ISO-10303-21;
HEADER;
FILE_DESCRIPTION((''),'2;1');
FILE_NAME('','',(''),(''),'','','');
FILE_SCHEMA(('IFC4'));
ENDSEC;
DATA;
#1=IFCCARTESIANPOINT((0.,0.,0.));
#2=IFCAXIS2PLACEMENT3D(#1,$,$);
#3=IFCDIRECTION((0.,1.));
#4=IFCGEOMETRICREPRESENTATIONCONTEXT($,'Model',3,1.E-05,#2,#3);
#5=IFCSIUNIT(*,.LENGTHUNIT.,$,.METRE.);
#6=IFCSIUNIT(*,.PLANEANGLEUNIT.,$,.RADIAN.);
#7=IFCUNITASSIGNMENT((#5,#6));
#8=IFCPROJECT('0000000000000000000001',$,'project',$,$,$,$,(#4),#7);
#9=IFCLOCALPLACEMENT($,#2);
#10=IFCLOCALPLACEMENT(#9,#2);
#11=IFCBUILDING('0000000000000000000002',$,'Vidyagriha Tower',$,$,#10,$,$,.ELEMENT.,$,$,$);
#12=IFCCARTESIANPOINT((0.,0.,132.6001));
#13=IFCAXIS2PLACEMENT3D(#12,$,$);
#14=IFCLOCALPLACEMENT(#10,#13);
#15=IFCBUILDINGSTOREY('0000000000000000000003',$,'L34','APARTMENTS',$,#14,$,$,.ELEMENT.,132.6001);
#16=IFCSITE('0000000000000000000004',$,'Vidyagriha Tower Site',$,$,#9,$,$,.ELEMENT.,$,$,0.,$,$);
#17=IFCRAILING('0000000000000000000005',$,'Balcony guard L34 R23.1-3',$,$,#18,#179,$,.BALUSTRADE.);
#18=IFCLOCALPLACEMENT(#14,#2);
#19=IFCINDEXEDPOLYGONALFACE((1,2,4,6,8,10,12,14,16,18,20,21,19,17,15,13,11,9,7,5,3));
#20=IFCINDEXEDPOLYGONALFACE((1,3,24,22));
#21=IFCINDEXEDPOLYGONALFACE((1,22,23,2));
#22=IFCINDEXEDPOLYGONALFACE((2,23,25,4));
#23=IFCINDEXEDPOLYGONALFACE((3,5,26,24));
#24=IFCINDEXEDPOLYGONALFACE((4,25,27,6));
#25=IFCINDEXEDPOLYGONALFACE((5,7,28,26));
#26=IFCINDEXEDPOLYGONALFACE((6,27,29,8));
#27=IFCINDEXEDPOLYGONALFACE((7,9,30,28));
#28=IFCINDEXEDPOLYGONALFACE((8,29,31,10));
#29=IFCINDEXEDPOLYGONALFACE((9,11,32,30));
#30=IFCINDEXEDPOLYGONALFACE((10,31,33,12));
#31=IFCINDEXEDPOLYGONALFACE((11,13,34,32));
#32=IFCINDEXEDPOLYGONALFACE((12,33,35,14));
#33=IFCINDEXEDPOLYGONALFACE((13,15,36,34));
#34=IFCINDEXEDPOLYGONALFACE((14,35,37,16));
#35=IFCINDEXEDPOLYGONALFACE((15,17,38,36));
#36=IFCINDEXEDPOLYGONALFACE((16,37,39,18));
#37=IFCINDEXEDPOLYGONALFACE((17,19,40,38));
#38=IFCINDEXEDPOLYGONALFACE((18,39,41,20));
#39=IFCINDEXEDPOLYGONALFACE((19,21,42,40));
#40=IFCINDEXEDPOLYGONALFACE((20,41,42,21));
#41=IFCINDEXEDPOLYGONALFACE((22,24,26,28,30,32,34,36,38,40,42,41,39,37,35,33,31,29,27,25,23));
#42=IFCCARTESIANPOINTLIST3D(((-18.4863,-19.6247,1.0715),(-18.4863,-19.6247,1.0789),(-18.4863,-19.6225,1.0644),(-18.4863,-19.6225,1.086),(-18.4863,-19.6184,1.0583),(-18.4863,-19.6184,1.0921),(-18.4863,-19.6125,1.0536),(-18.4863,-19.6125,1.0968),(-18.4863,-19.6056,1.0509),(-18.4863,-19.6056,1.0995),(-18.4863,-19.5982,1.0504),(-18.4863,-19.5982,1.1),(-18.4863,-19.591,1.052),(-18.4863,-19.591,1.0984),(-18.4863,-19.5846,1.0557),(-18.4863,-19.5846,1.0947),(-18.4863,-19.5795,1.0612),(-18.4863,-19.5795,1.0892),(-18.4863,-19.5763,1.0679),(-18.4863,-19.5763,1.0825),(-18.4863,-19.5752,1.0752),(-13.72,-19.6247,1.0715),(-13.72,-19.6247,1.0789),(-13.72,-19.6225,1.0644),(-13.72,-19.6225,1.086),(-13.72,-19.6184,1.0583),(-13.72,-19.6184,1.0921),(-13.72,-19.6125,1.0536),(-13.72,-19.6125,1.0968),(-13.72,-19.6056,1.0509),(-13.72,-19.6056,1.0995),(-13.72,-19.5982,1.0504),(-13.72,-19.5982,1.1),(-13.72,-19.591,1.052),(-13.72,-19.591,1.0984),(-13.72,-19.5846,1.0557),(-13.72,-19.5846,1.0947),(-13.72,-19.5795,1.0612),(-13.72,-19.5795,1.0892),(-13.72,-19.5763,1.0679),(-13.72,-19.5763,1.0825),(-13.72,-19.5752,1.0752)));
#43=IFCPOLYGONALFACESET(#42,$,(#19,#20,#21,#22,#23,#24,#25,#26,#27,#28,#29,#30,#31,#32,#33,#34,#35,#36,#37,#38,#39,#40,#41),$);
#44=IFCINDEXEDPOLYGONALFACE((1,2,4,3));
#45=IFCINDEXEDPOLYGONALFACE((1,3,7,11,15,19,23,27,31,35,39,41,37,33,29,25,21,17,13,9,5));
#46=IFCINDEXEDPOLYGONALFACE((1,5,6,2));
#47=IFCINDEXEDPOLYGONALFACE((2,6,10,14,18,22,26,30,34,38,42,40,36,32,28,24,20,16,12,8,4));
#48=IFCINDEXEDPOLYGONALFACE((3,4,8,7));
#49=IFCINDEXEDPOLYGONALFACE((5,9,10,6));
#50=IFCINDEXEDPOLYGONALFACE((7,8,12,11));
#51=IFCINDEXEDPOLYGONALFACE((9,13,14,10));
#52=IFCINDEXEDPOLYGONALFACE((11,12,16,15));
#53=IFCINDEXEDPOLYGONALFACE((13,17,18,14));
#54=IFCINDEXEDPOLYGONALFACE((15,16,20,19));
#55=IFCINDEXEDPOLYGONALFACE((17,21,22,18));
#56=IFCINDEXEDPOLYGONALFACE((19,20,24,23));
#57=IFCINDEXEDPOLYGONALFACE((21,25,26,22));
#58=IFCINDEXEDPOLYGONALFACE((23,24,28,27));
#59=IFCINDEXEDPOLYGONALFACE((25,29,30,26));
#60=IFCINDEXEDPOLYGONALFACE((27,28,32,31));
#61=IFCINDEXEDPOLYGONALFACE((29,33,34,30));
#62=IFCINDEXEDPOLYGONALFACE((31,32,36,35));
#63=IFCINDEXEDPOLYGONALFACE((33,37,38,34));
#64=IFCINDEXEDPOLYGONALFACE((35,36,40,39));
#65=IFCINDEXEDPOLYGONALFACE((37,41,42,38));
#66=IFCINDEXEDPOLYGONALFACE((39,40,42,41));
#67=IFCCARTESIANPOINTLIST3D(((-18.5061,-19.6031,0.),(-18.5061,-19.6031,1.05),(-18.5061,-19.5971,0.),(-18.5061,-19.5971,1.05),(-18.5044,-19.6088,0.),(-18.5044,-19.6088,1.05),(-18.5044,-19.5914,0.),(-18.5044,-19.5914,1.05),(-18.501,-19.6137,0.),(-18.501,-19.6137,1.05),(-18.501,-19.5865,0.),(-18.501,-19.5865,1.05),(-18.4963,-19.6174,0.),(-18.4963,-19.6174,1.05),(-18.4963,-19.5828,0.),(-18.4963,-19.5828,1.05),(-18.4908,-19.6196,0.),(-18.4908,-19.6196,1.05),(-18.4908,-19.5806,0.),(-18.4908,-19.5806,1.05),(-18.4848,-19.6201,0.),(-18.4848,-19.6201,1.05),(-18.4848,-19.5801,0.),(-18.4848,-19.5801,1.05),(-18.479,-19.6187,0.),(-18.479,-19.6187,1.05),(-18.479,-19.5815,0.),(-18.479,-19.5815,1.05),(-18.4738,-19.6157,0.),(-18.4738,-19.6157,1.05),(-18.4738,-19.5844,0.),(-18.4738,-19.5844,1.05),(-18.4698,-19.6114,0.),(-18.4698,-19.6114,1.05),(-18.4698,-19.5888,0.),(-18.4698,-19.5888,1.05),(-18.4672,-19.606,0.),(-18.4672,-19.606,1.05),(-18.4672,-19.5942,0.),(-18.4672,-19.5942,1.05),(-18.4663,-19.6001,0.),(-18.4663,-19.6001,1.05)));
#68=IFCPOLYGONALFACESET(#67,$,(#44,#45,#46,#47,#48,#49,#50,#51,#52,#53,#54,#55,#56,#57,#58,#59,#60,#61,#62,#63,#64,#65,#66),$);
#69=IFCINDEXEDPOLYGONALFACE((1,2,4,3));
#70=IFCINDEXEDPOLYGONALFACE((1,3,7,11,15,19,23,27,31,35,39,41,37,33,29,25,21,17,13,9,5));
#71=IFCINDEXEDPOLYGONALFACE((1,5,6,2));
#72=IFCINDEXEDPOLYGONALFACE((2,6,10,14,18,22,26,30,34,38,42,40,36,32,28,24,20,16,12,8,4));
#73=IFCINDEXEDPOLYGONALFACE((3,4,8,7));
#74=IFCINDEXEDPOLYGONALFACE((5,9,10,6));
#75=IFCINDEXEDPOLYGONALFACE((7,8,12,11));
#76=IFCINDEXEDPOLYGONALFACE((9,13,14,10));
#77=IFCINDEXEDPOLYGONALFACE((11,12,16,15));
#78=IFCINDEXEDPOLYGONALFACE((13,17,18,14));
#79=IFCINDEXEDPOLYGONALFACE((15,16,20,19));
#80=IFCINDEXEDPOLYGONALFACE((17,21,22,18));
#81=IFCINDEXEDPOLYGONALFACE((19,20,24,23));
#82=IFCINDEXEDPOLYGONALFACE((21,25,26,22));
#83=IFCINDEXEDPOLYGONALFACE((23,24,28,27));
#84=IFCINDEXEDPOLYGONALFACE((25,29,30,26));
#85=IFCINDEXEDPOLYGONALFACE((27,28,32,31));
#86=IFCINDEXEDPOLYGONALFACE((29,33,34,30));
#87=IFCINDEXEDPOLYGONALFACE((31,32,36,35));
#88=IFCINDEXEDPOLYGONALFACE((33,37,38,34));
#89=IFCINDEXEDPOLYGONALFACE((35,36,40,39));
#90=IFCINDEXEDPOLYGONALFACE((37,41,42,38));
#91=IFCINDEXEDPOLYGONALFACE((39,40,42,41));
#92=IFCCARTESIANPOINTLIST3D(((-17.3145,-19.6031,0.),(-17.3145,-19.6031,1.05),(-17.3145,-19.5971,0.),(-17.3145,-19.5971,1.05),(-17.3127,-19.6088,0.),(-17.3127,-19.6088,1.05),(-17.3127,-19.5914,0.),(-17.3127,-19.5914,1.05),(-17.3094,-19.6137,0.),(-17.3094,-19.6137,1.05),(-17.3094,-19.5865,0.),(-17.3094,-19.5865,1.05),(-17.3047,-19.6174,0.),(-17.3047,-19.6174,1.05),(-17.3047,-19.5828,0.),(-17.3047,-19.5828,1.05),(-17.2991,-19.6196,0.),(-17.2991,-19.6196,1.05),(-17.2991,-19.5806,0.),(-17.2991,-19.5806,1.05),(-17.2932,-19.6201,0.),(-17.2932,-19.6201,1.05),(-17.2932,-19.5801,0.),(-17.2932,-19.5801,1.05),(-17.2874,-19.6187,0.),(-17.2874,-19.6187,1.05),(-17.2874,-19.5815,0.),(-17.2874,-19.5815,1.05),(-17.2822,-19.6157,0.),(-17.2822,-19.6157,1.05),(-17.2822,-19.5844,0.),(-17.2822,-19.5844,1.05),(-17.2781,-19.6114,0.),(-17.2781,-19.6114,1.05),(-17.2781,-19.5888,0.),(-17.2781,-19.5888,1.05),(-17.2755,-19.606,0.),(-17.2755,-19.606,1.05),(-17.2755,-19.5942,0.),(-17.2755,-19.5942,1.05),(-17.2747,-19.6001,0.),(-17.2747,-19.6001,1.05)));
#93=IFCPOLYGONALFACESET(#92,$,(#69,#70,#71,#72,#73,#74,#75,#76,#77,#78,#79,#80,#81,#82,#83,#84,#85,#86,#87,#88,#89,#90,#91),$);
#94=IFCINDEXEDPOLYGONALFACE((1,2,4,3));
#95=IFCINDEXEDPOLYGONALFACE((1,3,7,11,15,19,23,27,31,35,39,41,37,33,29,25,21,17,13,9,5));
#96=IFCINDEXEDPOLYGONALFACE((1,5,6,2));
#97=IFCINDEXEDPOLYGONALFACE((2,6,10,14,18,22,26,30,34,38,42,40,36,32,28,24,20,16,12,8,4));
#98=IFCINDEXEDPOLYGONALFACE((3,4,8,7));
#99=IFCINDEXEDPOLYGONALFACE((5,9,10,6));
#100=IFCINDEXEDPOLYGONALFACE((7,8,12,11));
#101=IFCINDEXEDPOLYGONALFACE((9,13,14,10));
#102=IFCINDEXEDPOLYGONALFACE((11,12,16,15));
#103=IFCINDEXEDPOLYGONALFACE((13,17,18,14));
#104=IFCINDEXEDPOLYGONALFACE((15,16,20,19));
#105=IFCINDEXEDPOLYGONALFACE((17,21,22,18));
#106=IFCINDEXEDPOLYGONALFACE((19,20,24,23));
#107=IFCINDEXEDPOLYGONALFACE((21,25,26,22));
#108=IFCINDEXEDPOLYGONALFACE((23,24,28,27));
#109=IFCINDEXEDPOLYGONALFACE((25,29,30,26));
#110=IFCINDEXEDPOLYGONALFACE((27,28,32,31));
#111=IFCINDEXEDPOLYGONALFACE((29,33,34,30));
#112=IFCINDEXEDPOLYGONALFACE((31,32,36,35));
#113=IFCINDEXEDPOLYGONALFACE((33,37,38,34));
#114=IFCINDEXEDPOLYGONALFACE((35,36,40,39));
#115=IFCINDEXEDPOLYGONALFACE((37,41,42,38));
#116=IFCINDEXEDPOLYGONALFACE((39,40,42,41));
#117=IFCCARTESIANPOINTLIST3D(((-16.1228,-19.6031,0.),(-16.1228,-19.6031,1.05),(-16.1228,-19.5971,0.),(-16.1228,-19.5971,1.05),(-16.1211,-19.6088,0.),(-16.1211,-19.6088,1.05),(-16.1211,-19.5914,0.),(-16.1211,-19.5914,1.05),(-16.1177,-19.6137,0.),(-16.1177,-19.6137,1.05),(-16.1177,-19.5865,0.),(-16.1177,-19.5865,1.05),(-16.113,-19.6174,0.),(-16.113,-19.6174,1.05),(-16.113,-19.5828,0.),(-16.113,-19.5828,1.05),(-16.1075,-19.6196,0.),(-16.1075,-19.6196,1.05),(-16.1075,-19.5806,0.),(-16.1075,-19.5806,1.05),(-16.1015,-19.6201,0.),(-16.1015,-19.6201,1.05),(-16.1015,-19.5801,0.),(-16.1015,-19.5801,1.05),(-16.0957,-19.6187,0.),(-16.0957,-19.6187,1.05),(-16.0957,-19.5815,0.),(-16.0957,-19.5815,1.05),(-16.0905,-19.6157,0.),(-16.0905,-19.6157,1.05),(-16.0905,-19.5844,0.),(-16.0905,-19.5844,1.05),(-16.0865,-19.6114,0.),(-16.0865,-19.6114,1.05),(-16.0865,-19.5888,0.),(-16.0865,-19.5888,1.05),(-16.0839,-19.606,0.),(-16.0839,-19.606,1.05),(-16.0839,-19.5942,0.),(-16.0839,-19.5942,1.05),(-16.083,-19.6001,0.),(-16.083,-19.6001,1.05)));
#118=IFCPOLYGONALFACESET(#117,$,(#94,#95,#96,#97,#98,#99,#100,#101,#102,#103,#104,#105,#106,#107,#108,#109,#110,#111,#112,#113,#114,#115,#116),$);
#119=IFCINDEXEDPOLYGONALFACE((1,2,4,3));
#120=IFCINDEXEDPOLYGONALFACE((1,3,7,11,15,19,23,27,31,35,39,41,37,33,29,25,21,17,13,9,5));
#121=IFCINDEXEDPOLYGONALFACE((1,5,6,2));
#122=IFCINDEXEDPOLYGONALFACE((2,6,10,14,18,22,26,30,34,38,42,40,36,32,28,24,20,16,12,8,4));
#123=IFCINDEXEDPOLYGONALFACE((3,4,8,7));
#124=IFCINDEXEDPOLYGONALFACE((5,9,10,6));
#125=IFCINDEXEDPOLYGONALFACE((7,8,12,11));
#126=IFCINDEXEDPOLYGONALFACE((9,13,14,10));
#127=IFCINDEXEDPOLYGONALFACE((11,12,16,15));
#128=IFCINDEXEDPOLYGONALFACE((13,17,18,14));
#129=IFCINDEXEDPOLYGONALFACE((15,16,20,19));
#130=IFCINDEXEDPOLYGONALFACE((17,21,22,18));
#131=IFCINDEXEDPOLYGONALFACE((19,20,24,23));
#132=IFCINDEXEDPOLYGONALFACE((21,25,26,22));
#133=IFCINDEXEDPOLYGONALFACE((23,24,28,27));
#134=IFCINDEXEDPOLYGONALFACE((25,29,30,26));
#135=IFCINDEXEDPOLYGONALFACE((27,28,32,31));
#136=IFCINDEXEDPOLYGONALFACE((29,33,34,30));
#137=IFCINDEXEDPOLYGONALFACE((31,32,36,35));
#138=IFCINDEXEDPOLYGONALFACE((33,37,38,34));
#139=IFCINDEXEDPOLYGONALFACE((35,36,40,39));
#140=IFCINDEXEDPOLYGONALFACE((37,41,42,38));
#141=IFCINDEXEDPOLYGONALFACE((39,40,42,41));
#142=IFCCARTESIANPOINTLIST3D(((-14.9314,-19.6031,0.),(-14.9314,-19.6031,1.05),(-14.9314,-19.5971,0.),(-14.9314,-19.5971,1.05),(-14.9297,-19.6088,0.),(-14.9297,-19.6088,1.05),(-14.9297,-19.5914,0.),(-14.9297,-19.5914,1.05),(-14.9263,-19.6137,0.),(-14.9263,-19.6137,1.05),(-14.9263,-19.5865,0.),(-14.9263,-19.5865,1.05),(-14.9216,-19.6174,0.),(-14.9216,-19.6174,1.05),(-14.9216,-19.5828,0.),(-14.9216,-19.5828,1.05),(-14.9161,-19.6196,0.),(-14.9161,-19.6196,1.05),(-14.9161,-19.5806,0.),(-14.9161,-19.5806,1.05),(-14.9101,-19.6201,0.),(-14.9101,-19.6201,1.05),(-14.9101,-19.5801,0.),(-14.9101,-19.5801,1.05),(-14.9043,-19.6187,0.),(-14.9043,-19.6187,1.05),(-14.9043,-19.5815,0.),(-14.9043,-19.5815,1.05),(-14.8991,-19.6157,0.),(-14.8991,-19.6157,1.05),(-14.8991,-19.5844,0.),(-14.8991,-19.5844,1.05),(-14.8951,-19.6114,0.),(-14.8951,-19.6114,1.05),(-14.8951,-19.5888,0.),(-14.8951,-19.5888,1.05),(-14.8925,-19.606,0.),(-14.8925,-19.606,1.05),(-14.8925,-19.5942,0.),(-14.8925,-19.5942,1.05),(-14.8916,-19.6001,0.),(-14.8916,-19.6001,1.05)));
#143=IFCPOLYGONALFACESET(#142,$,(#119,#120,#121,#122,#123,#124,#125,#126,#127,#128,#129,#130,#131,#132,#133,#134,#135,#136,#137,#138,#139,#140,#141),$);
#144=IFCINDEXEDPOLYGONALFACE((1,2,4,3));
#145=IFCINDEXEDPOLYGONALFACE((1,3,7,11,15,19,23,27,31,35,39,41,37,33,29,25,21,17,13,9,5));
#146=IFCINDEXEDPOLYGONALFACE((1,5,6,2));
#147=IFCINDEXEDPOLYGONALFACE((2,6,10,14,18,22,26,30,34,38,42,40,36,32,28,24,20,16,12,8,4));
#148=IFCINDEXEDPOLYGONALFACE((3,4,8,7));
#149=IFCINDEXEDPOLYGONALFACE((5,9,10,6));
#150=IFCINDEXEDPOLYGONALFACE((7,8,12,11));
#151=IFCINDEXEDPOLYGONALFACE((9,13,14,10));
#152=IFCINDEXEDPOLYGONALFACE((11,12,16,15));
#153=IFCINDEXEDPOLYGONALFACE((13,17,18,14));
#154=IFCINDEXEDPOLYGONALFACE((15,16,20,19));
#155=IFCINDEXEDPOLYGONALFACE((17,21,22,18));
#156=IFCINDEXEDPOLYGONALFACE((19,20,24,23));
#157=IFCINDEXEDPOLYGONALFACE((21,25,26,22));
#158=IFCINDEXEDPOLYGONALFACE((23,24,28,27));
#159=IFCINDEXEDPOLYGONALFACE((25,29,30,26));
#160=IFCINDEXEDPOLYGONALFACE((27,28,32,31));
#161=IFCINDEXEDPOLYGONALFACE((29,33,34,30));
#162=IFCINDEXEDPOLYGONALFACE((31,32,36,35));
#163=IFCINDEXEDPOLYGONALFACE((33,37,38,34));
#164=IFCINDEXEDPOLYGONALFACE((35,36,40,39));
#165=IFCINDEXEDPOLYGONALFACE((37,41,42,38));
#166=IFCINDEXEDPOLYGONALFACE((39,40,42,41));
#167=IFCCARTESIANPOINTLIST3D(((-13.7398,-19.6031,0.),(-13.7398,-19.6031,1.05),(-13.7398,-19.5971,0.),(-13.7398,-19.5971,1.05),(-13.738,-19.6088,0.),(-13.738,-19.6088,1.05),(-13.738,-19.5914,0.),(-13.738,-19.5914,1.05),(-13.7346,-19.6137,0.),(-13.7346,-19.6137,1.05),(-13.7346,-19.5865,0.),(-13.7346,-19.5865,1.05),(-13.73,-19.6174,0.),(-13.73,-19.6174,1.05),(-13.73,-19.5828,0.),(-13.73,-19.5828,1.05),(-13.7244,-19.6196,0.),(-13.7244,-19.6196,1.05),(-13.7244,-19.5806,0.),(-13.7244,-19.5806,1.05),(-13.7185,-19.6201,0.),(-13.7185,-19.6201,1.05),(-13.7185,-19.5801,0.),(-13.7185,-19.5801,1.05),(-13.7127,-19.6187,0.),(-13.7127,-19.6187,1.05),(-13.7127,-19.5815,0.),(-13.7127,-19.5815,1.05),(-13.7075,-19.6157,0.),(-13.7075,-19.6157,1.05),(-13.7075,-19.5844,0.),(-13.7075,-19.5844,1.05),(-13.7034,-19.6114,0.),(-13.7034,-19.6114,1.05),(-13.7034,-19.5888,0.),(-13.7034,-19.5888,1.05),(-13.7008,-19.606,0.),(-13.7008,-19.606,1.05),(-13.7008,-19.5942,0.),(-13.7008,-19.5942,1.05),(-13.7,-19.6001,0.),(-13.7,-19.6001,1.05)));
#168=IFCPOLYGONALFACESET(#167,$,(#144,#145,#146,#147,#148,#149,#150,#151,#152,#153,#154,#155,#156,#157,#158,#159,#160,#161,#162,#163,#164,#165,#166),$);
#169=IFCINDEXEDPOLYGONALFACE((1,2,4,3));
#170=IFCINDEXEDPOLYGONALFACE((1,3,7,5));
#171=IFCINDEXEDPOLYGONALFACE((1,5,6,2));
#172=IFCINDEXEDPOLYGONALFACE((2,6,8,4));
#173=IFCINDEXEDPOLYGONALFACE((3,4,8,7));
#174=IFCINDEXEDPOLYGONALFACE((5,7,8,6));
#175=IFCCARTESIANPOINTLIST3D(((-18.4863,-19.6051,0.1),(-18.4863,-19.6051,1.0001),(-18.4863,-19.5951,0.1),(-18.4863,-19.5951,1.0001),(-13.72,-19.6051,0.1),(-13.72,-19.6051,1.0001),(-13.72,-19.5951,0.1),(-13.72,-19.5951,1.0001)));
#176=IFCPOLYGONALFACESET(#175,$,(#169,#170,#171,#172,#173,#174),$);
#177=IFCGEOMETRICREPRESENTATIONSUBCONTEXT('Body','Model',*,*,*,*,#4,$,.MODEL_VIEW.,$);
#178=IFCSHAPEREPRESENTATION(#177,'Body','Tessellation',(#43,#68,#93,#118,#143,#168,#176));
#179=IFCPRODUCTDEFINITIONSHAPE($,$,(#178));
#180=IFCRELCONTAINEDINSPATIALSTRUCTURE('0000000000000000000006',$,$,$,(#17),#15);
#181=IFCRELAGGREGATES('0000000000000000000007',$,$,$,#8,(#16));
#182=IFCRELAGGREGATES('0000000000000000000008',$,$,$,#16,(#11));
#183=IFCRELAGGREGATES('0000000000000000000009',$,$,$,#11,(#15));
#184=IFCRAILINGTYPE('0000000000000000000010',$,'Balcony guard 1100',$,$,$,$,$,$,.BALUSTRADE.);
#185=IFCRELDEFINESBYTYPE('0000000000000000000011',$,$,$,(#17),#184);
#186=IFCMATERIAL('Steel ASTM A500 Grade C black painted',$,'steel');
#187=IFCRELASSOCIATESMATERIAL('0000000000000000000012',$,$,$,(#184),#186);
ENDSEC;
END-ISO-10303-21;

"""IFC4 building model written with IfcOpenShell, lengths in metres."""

from ifc_helpers import new_model, si_unit, direction, frame, origin, origin_2d, place, context, subcontext, project, spatial, rectangle, circle, extrude, material, type_object, element, save


model = new_model("IFC4")

# Units and contexts
model_context = context("Model", 3, precision=1e-05, world=origin(), true_north=direction((0.0, 1.0)))
body_context = subcontext(model_context, "Body", "Model", "MODEL_VIEW")
ifc_project = project(units=[si_unit("LENGTHUNIT", "METRE"), si_unit("PLANEANGLEUNIT", "RADIAN")], contexts=[model_context])

# Site, building, storey
site_placement = place(None, origin())
site = spatial("IfcSite", under=ifc_project, at=site_placement, Name="Vidyagriha Tower Site", CompositionType="ELEMENT", RefElevation=0.0)
building_placement = place(site_placement, origin())
building = spatial("IfcBuilding", under=site, at=building_placement, Name="Vidyagriha Tower", CompositionType="ELEMENT")
storey_placement = place(building_placement, frame((0.0, 0.0, 132.6001)))
storey = spatial("IfcBuildingStorey", under=building, at=storey_placement, Name="L34", Description="APARTMENTS", CompositionType="ELEMENT", Elevation=132.6001)

# Railing
ifc_material_1 = material(Name="Steel ASTM A500 Grade C black painted", Category="steel")
railing_type = type_object("IfcRailingType", Name="Balcony guard 1100", PredefinedType="BALUSTRADE", material=ifc_material_1)
railing_1_placement = place(storey_placement, frame((-18.4863, -19.6001, 0.0)))
element("IfcRailing", 1, at=railing_1_placement, inside=storey, type_object=railing_type, Name="Balcony guard L34 R23.1-3", PredefinedType="BALUSTRADE", context=body_context, shape_type="SweptSolid", body=[
    extrude(circle(Radius=0.0249, at=origin_2d()), frame((0.0, 0.0, 1.0752), z_axis=(1.0, 0.0, 0.0), x_axis=(0.0, 1.0, 0.0)), (0.0, 0.0, 1.0), 4.7664),
    extrude(circle(Radius=0.02, at=origin_2d()), origin(), (0.0, 0.0, 1.0), 1.05),
    extrude(circle(Radius=0.02, at=origin_2d()), frame((1.1917, 0.0, 0.0)), (0.0, 0.0, 1.0), 1.05),
    extrude(circle(Radius=0.02, at=origin_2d()), frame((2.3833, 0.0, 0.0)), (0.0, 0.0, 1.0), 1.05),
    extrude(circle(Radius=0.02, at=origin_2d()), frame((3.5747, 0.0, 0.0)), (0.0, 0.0, 1.0), 1.05),
    extrude(circle(Radius=0.02, at=origin_2d()), frame((4.7664, 0.0, 0.0)), (0.0, 0.0, 1.0), 1.05),
    extrude(rectangle(XDim=0.01, YDim=0.9001, at=origin_2d()), frame((0.0, 0.0, 0.55), z_axis=(1.0, 0.0, 0.0), x_axis=(0.0, 1.0, 0.0)), (0.0, 0.0, 1.0), 4.7664),
])

save(model, "model.ifc")
